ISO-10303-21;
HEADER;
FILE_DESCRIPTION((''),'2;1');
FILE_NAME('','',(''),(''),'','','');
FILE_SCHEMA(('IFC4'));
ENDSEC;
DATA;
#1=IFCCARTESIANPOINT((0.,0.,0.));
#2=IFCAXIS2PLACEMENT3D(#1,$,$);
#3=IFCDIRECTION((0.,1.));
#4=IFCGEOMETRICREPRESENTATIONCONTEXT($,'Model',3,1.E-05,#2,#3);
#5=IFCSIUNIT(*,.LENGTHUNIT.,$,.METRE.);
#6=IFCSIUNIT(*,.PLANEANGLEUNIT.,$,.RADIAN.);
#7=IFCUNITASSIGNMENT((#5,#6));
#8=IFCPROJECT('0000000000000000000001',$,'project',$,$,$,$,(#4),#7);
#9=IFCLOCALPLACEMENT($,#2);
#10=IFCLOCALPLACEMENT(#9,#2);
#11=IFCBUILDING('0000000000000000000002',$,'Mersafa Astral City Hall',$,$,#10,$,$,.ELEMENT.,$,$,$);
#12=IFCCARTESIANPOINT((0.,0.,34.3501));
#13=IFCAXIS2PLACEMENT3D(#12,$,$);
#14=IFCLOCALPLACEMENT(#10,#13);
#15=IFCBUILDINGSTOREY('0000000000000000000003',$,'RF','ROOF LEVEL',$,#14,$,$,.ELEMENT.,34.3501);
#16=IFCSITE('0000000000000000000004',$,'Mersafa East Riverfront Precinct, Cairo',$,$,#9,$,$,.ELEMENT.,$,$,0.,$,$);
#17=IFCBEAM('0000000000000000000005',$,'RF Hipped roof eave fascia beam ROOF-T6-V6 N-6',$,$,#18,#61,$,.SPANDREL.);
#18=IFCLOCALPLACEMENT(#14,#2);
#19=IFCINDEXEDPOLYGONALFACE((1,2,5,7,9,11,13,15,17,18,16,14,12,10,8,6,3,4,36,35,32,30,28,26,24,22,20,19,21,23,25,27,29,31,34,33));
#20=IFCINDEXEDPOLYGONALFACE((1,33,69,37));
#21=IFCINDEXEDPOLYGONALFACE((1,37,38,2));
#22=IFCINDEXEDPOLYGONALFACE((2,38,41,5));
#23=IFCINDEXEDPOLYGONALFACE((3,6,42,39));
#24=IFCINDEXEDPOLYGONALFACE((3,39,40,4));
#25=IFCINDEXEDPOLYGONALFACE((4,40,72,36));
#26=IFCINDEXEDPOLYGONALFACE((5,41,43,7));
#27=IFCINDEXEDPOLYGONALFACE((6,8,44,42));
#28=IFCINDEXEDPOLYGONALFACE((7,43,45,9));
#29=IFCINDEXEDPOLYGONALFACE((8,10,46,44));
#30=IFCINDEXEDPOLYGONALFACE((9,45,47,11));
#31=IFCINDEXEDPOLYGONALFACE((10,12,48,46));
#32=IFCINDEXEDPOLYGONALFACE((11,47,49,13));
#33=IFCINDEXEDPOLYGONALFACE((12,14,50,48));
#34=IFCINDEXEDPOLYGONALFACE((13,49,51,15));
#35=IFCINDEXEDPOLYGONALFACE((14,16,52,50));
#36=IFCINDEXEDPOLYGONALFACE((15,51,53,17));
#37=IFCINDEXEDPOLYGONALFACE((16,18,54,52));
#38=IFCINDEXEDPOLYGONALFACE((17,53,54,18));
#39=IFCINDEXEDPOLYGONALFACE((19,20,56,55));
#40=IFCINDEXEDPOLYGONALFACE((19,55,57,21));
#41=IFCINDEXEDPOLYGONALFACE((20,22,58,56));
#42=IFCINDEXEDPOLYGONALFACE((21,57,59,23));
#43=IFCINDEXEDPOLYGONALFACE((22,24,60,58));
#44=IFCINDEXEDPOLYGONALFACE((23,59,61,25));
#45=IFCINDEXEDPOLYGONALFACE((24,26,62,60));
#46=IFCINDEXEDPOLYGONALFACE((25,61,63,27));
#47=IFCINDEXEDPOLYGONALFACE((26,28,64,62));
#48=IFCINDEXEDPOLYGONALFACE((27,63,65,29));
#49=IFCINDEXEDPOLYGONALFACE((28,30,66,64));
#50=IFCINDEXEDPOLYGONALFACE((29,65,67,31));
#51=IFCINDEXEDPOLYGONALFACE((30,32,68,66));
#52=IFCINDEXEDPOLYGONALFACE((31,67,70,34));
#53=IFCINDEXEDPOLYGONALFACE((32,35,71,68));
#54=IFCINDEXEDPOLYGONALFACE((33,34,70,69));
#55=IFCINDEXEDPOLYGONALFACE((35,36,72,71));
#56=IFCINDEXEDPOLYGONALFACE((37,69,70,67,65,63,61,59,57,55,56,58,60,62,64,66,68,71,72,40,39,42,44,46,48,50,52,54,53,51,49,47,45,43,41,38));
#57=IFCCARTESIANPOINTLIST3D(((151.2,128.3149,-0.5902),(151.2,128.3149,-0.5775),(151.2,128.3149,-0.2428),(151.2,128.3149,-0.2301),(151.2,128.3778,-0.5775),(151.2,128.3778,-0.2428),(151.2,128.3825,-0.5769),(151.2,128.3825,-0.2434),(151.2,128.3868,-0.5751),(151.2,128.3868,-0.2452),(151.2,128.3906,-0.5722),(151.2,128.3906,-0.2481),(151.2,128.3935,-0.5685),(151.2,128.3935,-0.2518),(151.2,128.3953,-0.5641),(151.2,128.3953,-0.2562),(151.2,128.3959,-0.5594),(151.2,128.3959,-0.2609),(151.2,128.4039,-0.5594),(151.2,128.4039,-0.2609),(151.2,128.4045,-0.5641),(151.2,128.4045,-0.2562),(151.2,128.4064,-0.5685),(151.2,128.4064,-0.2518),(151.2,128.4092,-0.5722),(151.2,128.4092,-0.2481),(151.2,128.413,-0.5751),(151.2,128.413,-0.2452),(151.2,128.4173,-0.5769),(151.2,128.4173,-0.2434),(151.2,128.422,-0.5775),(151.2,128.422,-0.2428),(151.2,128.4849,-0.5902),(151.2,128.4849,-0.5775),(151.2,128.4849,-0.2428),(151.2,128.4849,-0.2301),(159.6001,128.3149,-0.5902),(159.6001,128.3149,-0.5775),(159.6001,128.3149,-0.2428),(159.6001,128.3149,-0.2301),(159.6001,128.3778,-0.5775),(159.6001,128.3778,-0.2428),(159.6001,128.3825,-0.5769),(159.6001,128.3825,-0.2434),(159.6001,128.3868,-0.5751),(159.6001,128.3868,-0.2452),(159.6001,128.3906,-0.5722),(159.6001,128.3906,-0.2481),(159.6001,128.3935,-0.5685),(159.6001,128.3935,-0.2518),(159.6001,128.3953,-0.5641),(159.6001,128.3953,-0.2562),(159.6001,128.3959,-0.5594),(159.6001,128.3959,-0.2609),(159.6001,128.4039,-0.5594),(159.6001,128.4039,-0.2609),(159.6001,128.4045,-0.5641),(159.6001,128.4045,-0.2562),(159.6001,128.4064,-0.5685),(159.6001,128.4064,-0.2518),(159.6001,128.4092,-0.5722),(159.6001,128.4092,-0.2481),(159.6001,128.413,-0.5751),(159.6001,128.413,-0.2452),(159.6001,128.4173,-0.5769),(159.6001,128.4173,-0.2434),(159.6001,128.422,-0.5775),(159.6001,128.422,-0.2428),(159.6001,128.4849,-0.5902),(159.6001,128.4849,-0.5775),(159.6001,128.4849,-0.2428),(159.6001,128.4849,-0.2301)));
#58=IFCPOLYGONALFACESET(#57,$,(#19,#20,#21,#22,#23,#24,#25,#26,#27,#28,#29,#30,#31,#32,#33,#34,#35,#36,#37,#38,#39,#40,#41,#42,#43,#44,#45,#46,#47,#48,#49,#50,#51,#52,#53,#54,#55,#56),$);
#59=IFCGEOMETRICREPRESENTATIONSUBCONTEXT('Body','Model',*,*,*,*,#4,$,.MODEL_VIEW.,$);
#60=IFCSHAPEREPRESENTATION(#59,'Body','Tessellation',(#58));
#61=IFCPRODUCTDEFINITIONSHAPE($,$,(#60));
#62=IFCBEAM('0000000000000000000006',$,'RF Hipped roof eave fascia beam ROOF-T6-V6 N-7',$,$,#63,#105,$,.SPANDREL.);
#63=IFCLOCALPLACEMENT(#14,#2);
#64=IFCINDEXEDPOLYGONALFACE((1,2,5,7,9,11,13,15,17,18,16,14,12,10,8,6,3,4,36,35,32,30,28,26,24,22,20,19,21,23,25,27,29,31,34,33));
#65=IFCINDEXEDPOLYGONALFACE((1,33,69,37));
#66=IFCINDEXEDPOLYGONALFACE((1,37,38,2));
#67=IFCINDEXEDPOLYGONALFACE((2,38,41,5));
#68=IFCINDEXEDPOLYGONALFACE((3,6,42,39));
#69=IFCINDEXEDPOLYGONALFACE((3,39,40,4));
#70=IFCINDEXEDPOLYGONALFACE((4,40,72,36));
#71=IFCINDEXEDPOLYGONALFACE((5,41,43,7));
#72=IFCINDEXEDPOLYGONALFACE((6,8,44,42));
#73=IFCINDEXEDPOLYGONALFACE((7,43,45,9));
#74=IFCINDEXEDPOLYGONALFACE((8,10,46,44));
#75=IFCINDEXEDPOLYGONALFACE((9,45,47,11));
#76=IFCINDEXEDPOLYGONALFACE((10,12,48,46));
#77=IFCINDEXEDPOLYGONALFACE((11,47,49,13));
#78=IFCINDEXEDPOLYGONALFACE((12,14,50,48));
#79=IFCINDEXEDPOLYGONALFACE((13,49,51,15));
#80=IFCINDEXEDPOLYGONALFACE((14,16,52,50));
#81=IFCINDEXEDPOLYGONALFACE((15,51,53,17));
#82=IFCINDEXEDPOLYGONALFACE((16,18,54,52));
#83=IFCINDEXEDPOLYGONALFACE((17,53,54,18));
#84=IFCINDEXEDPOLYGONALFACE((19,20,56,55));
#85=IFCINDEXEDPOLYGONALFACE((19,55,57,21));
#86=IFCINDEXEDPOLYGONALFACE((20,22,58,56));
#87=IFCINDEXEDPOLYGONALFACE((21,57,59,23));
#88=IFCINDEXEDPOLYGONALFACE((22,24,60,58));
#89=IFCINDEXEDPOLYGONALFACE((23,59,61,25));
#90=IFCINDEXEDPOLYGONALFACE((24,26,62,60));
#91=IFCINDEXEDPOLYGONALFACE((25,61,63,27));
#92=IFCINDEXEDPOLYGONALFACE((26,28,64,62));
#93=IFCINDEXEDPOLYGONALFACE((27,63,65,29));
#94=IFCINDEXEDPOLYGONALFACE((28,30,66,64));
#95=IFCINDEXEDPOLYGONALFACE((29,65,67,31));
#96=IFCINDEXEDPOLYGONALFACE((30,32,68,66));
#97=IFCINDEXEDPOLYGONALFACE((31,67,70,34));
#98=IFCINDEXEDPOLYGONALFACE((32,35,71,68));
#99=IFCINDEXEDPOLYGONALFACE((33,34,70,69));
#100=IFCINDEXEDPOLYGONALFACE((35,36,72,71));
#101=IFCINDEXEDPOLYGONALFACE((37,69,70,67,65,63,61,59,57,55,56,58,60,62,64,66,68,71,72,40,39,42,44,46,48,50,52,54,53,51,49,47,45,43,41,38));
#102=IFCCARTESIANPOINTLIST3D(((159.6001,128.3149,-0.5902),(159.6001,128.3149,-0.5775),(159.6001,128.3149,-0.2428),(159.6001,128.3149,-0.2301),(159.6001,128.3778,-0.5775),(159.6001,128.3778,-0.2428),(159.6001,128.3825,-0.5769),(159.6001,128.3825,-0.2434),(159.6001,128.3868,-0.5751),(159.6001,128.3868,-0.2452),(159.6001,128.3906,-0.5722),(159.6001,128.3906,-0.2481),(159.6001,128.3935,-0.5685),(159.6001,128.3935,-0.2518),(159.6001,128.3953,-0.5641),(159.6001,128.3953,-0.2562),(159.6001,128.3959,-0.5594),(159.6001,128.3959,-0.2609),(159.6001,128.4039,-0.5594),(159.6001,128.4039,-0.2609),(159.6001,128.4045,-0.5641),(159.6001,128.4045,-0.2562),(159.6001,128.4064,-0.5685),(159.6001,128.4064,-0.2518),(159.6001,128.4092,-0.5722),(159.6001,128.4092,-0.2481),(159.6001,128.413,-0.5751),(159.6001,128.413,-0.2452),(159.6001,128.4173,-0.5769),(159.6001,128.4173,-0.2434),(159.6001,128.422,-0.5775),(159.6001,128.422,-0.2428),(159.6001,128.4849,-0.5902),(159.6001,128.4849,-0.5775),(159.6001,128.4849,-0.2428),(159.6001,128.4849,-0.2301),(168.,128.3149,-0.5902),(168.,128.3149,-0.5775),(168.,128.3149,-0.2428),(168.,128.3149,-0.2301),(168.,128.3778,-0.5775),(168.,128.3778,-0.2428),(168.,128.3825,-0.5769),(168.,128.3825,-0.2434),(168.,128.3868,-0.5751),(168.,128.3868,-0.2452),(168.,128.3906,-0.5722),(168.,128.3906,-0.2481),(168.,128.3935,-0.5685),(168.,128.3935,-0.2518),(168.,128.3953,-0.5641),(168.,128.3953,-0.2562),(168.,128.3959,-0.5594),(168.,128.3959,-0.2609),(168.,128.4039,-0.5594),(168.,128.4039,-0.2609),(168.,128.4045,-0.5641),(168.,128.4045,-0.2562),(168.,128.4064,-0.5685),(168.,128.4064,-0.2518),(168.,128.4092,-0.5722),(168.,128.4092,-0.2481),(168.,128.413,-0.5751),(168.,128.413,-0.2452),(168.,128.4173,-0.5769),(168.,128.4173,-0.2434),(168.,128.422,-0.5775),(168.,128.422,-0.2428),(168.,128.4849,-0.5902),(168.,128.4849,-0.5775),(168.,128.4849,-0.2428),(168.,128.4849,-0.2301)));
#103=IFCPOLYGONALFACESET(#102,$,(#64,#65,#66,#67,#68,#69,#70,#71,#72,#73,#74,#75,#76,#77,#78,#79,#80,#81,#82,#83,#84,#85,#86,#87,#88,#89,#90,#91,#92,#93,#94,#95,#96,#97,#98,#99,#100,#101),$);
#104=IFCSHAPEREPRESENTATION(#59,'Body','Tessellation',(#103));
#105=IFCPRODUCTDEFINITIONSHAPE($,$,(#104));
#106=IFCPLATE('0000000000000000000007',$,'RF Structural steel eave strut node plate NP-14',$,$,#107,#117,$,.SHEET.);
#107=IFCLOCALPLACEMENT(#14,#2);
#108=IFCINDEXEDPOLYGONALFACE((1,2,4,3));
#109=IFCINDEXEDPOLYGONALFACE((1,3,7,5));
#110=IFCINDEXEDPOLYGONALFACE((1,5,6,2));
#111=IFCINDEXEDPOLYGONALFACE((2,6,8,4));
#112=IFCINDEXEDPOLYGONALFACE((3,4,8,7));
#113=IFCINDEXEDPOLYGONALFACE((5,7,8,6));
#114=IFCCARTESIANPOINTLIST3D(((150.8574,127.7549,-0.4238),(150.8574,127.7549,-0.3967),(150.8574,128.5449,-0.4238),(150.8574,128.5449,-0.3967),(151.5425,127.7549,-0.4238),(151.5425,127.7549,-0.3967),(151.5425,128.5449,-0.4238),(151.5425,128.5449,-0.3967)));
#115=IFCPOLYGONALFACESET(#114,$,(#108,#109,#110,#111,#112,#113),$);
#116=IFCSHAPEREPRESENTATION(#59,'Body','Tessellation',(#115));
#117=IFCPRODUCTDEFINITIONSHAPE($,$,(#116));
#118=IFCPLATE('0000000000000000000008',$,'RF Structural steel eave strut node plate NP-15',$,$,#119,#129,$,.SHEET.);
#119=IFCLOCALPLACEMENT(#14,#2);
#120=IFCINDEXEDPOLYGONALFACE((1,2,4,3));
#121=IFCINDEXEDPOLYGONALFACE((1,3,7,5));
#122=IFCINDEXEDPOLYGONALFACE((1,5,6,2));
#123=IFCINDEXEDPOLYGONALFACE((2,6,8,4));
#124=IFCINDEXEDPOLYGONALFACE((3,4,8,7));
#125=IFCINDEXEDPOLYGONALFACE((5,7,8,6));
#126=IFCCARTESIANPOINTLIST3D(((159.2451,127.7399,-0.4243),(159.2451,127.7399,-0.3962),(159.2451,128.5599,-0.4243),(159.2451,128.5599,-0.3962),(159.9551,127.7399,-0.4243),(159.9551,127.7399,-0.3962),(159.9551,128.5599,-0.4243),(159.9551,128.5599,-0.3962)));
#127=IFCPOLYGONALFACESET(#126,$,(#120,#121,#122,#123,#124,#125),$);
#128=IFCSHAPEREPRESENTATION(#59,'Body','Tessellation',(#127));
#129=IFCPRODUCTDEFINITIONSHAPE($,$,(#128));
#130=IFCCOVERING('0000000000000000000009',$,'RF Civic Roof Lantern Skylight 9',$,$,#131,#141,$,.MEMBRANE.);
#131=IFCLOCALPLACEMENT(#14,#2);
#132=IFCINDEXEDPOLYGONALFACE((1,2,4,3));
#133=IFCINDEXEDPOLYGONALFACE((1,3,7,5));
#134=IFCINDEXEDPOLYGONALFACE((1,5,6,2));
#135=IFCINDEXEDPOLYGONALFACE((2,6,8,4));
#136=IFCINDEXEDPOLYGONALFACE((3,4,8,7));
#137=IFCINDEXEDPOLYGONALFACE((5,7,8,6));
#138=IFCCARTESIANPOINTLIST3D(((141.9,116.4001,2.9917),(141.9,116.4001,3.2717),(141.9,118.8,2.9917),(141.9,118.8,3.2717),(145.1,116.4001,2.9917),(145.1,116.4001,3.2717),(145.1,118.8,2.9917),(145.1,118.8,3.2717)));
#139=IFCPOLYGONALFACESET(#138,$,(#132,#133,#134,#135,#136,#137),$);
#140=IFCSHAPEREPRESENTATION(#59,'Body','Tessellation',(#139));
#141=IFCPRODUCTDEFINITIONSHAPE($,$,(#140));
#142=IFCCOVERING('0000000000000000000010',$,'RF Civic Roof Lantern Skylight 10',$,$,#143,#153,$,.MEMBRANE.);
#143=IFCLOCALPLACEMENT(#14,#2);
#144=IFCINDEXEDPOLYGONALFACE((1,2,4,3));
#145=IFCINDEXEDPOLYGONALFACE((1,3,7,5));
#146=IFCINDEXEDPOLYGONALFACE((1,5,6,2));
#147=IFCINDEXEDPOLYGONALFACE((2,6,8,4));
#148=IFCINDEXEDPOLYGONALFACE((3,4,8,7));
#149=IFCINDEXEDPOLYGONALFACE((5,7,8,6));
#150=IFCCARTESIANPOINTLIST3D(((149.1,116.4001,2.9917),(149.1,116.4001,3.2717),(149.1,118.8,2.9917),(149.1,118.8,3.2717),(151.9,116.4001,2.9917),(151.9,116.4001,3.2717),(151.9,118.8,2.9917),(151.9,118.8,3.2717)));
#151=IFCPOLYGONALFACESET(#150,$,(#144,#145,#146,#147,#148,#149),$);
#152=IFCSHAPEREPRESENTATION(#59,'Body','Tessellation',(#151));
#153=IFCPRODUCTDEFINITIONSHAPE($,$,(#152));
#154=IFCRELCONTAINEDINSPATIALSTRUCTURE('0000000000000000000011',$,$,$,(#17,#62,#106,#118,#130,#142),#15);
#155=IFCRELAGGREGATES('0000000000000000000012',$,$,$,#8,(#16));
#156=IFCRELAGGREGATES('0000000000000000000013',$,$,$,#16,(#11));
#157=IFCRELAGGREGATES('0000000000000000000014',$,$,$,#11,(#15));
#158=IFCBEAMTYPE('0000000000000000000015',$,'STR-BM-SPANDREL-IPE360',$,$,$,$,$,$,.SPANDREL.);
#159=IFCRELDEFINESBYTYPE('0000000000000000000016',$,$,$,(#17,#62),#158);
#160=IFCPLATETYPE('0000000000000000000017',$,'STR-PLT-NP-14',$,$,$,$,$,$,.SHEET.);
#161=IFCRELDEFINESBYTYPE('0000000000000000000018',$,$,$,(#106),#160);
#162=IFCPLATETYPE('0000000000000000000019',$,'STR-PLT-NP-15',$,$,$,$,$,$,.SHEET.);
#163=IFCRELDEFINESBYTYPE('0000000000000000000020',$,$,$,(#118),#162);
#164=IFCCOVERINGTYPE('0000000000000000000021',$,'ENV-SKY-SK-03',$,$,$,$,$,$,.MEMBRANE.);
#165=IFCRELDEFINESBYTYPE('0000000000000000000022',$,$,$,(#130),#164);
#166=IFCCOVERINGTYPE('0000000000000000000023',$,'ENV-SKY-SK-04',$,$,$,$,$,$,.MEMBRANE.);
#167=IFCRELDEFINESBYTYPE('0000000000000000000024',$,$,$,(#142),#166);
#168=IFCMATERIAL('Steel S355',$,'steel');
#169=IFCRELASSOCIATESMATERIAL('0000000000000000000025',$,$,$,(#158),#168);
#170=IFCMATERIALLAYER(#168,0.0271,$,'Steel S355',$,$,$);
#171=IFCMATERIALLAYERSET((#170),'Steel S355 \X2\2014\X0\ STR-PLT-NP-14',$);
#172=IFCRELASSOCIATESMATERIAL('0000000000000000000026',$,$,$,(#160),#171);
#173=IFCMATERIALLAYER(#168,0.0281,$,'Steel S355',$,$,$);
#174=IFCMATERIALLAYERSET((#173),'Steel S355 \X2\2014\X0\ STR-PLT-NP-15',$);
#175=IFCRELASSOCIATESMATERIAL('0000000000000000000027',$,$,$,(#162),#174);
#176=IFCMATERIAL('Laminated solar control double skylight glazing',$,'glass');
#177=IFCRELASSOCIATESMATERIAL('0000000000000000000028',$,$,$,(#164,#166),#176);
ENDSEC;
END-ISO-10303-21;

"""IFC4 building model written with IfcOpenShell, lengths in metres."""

from ifc_helpers import new_model, si_unit, direction, frame, origin, origin_2d, place, context, subcontext, project, spatial, rectangle, i_section, extrude, material, layer, layer_set, material_profile, profile_set, type_object, element, save


model = new_model("IFC4")

# Units and contexts
model_context = context("Model", 3, precision=1e-05, world=origin(), true_north=direction((0.0, 1.0)))
body_context = subcontext(model_context, "Body", "Model", "MODEL_VIEW")
ifc_project = project(units=[si_unit("LENGTHUNIT", "METRE"), si_unit("PLANEANGLEUNIT", "RADIAN")], contexts=[model_context])

# Site, building, storey
site_placement = place(None, origin())
site = spatial("IfcSite", under=ifc_project, at=site_placement, Name="Mersafa East Riverfront Precinct, Cairo", CompositionType="ELEMENT", RefElevation=0.0)
building_placement = place(site_placement, origin())
building = spatial("IfcBuilding", under=site, at=building_placement, Name="Mersafa Astral City Hall", CompositionType="ELEMENT")
storey_placement = place(building_placement, frame((0.0, 0.0, 34.3501)))
storey = spatial("IfcBuildingStorey", under=building, at=storey_placement, Name="RF", Description="ROOF LEVEL", CompositionType="ELEMENT", Elevation=34.3501)

# Shared definitions
ifc_material_1 = material(Name="Steel S355", Category="steel")

# Beams
ifc_material_profile_1 = material_profile(ifc_material_1, i_section(OverallWidth=0.1699, OverallDepth=0.3601, WebThickness=0.0081, FlangeThickness=0.0127, FilletRadius=0.0181, at=origin_2d()), Name="IPE 360")
ifc_profile_set_1 = profile_set([ifc_material_profile_1], Name="Steel S355")
beam_type_1 = type_object("IfcBeamType", Name="STR-BM-SPANDREL-IPE360", PredefinedType="SPANDREL", material=ifc_profile_set_1)
beam_1_placement = place(storey_placement, frame((151.2, 128.3999, -0.4102), z_axis=(1.0, 0.0, 0.0), x_axis=(0.0, 1.0, 0.0)))
element("IfcBeam", 1, at=beam_1_placement, inside=storey, type_object=beam_type_1, Name="RF Hipped roof eave fascia beam ROOF-T6-V6 N-6", PredefinedType="SPANDREL", context=body_context, shape_type="SweptSolid", body=[
    extrude(i_section(OverallWidth=0.1699, OverallDepth=0.3601, WebThickness=0.0081, FlangeThickness=0.0127, FilletRadius=0.0181, at=origin_2d()), origin(), (0.0, 0.0, 1.0), 8.4001),
])
beam_2_placement = place(storey_placement, frame((159.6001, 128.3999, -0.4102), z_axis=(1.0, 0.0, 0.0), x_axis=(0.0, 1.0, 0.0)))
element("IfcBeam", 2, at=beam_2_placement, inside=storey, type_object=beam_type_1, Name="RF Hipped roof eave fascia beam ROOF-T6-V6 N-7", PredefinedType="SPANDREL", context=body_context, shape_type="SweptSolid", body=[
    extrude(i_section(OverallWidth=0.1699, OverallDepth=0.3601, WebThickness=0.0081, FlangeThickness=0.0127, FilletRadius=0.0181, at=origin_2d()), origin(), (0.0, 0.0, 1.0), 8.3999),
])

# Plates
ifc_layer_1 = layer(ifc_material_1, 0.0271, Name="Steel S355")
ifc_layer_set_1 = layer_set([ifc_layer_1], Name="Steel S355 — STR-PLT-NP-14")
plate_type_1 = type_object("IfcPlateType", Name="STR-PLT-NP-14", PredefinedType="SHEET", material=ifc_layer_set_1)
plate_1_placement = place(storey_placement, frame((151.2, 128.1499, -0.4238), z_axis=(0.0, 0.0, 1.0), x_axis=(1.0, 0.0, 0.0)))
element("IfcPlate", 3, at=plate_1_placement, inside=storey, type_object=plate_type_1, Name="RF Structural steel eave strut node plate NP-14", PredefinedType="SHEET", context=body_context, shape_type="SweptSolid", body=[
    extrude(rectangle(XDim=0.6851, YDim=0.79, at=origin_2d()), origin(), (0.0, 0.0, 1.0), 0.0271),
])
ifc_layer_2 = layer(ifc_material_1, 0.0281, Name="Steel S355")
ifc_layer_set_2 = layer_set([ifc_layer_2], Name="Steel S355 — STR-PLT-NP-15")
plate_type_2 = type_object("IfcPlateType", Name="STR-PLT-NP-15", PredefinedType="SHEET", material=ifc_layer_set_2)
plate_2_placement = place(storey_placement, frame((159.6001, 128.1499, -0.4243), z_axis=(0.0, 0.0, 1.0), x_axis=(1.0, 0.0, 0.0)))
element("IfcPlate", 4, at=plate_2_placement, inside=storey, type_object=plate_type_2, Name="RF Structural steel eave strut node plate NP-15", PredefinedType="SHEET", context=body_context, shape_type="SweptSolid", body=[
    extrude(rectangle(XDim=0.71, YDim=0.8201, at=origin_2d()), origin(), (0.0, 0.0, 1.0), 0.0281),
])

# Coverings
ifc_material_2 = material(Name="Laminated solar control double skylight glazing", Category="glass")
covering_type_1 = type_object("IfcCoveringType", Name="ENV-SKY-SK-03", PredefinedType="MEMBRANE", material=ifc_material_2)
covering_1_placement = place(storey_placement, frame((143.5, 117.6001, 2.9917), z_axis=(0.0, 0.0, 1.0), x_axis=(1.0, 0.0, 0.0)))
element("IfcCovering", 5, at=covering_1_placement, inside=storey, type_object=covering_type_1, Name="RF Civic Roof Lantern Skylight 9", PredefinedType="MEMBRANE", context=body_context, shape_type="SweptSolid", body=[
    extrude(rectangle(XDim=3.2, YDim=2.3999, at=origin_2d()), origin(), (0.0, 0.0, 1.0), 0.28),
])
covering_type_2 = type_object("IfcCoveringType", Name="ENV-SKY-SK-04", PredefinedType="MEMBRANE", material=ifc_material_2)
covering_2_placement = place(storey_placement, frame((150.5, 117.6001, 2.9917), z_axis=(0.0, 0.0, 1.0), x_axis=(1.0, 0.0, 0.0)))
element("IfcCovering", 6, at=covering_2_placement, inside=storey, type_object=covering_type_2, Name="RF Civic Roof Lantern Skylight 10", PredefinedType="MEMBRANE", context=body_context, shape_type="SweptSolid", body=[
    extrude(rectangle(XDim=2.8, YDim=2.3999, at=origin_2d()), origin(), (0.0, 0.0, 1.0), 0.28),
])

save(model, "model.ifc")
